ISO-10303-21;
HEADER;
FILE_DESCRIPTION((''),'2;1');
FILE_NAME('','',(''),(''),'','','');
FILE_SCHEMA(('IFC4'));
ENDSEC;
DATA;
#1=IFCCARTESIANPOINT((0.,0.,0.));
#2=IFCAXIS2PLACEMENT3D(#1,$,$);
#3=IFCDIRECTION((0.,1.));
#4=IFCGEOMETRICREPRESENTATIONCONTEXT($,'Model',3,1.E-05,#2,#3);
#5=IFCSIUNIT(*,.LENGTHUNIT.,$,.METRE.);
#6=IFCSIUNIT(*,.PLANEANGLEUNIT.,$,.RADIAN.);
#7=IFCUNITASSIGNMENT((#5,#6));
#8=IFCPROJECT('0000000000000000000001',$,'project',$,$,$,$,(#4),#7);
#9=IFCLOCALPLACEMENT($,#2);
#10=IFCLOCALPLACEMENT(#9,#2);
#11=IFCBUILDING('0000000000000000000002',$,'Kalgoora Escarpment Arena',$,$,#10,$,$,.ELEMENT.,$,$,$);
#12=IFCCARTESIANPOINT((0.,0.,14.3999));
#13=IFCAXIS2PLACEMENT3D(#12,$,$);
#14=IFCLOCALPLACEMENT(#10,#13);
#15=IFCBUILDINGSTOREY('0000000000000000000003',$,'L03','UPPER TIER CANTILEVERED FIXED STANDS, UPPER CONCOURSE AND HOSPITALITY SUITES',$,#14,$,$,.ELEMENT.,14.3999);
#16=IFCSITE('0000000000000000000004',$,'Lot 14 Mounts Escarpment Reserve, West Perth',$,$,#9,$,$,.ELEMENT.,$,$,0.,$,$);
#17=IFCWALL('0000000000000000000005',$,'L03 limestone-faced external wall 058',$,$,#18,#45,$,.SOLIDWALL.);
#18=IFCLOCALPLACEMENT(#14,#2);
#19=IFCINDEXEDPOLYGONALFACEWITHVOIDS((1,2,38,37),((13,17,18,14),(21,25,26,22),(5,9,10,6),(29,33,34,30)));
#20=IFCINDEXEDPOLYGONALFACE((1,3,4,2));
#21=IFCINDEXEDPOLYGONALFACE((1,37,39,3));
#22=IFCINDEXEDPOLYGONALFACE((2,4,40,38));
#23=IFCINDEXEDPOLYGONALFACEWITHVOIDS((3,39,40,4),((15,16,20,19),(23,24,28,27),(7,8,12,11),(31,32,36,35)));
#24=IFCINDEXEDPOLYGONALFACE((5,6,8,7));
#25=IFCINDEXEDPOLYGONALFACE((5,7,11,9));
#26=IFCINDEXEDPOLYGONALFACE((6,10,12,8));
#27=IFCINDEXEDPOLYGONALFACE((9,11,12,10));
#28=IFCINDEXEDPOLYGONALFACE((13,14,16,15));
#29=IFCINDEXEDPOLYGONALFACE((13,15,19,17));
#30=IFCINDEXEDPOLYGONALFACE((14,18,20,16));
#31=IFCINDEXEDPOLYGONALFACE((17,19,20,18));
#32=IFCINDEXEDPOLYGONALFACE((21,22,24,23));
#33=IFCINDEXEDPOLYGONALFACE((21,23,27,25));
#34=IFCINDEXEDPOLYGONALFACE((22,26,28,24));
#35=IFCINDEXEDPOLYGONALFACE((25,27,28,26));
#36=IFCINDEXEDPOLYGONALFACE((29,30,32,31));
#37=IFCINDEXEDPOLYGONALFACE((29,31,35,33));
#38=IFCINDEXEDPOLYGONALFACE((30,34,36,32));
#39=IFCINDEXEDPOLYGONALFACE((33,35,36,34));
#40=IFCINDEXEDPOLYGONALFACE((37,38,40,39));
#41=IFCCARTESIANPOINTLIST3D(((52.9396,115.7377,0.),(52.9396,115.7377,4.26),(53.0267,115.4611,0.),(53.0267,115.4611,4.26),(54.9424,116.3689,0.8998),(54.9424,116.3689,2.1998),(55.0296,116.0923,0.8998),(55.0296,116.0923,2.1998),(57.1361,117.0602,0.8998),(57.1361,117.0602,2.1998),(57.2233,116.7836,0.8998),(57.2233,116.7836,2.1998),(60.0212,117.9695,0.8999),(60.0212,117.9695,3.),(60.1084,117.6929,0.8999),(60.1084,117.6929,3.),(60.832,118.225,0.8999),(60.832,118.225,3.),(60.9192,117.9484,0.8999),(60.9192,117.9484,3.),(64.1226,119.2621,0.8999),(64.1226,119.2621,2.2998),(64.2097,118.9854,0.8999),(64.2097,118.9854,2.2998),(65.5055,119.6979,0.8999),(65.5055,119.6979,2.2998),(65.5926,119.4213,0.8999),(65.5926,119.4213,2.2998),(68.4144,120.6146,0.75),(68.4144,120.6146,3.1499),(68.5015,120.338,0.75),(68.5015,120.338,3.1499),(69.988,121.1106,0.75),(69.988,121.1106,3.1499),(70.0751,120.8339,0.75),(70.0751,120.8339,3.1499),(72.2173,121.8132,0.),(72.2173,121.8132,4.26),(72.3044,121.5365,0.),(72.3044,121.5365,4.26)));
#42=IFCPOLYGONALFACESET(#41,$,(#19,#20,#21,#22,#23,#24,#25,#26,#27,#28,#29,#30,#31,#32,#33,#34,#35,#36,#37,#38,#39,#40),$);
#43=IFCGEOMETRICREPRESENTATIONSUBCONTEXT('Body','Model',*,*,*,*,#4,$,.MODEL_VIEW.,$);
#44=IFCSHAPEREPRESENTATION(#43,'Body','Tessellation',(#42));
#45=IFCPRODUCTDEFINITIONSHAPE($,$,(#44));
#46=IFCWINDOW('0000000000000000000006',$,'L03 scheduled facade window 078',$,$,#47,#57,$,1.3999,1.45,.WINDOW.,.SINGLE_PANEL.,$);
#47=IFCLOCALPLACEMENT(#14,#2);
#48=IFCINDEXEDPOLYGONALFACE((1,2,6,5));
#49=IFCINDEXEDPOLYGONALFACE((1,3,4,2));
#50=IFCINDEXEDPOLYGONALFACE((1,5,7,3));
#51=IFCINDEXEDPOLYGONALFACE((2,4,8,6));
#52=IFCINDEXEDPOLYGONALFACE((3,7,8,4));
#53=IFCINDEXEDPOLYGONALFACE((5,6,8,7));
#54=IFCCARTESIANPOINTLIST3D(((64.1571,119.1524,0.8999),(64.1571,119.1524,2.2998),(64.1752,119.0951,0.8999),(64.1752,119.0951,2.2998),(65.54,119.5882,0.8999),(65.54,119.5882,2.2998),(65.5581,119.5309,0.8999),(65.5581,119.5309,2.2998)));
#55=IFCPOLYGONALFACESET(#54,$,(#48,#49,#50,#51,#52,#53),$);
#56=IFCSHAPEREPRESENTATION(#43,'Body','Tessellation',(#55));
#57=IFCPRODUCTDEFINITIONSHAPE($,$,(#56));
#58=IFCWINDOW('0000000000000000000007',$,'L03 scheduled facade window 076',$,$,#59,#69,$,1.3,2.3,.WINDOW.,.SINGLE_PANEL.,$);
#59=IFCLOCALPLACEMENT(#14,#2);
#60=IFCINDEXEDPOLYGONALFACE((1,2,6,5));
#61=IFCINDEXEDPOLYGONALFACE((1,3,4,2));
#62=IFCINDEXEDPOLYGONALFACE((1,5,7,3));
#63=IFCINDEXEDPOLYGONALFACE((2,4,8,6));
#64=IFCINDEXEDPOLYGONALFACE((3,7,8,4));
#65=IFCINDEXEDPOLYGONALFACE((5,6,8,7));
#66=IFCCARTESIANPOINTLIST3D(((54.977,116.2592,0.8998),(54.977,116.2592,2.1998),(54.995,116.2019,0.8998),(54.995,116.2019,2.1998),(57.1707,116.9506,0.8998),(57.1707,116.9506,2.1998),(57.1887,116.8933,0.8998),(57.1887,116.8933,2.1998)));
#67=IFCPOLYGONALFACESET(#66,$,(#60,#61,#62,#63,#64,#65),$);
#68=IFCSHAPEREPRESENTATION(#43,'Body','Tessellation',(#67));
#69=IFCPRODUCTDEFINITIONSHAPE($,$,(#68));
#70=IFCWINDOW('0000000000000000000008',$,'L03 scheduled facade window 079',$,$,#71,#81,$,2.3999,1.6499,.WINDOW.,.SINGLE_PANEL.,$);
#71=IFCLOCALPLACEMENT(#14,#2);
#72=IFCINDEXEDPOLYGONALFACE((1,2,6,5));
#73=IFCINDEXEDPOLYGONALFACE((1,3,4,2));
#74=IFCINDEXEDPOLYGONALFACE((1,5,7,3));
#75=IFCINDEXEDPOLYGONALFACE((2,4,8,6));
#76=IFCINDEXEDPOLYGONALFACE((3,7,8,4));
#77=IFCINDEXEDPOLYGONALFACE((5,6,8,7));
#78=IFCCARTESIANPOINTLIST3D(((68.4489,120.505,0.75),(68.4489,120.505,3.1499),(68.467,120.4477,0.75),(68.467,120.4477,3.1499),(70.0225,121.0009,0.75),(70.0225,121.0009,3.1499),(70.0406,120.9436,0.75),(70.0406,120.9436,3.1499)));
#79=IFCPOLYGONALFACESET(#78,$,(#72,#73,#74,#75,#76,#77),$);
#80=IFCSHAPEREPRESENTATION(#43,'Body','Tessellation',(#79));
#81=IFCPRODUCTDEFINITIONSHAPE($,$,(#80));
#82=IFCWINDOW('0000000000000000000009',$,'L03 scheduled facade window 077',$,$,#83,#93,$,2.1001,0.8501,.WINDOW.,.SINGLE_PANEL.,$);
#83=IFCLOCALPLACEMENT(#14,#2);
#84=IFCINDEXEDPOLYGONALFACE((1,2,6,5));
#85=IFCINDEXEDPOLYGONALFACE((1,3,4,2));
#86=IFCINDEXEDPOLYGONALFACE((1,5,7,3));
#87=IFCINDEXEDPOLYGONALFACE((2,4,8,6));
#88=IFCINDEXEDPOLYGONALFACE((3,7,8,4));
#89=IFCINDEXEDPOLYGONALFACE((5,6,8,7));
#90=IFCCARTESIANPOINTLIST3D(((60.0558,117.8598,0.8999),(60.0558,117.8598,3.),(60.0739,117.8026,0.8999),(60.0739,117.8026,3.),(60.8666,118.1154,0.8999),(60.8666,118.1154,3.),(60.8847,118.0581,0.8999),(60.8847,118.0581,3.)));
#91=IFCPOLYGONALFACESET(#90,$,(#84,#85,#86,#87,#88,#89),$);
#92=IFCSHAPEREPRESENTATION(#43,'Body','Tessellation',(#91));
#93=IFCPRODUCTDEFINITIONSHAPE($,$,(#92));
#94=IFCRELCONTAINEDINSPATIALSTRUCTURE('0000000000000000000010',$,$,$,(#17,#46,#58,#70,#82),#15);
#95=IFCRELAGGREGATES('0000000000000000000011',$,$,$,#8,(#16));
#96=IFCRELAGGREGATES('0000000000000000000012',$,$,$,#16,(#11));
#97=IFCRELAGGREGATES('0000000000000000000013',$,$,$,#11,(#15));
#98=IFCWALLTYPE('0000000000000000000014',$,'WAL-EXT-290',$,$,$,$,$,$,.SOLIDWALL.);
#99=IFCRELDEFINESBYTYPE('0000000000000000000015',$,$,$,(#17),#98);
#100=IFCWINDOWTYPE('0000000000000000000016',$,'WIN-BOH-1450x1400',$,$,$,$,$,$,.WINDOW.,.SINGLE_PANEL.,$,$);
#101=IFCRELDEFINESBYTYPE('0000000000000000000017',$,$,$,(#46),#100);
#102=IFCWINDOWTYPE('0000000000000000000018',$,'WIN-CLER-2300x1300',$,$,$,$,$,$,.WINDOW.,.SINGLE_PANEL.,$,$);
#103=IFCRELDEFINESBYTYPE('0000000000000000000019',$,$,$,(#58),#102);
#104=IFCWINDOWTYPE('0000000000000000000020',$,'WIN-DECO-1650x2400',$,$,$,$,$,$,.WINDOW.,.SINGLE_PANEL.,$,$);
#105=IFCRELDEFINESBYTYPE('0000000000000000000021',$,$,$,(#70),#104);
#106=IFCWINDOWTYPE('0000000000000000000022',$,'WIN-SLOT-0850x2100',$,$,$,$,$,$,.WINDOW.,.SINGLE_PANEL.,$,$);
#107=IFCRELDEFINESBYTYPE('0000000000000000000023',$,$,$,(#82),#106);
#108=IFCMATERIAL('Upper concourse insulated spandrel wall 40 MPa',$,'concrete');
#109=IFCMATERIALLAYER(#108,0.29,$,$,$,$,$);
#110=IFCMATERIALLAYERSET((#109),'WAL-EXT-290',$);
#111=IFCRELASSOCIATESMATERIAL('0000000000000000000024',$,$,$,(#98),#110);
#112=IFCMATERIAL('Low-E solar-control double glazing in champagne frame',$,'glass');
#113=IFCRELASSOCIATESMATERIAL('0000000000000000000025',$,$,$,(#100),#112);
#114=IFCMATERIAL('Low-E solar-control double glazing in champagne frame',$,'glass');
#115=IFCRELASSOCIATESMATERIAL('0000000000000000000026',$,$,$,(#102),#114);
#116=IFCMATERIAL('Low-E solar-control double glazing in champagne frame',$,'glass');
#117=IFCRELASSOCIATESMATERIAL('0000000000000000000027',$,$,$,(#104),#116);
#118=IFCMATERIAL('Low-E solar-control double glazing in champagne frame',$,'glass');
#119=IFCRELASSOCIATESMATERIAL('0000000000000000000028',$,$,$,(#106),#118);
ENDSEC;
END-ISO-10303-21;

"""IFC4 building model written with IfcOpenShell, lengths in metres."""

from ifc_helpers import new_model, si_unit, direction, frame, frame_2d, origin, place, context, subcontext, project, spatial, rectangle, extrude, material, layer, layer_set, type_object, element, fill, save


model = new_model("IFC4")

# Units and contexts
model_context = context("Model", 3, precision=1e-05, world=origin(), true_north=direction((0.0, 1.0)))
body_context = subcontext(model_context, "Body", "Model", "MODEL_VIEW")
ifc_project = project(units=[si_unit("LENGTHUNIT", "METRE"), si_unit("PLANEANGLEUNIT", "RADIAN")], contexts=[model_context])

# Site, building, storey
site_placement = place(None, origin())
site = spatial("IfcSite", under=ifc_project, at=site_placement, Name="Lot 14 Mounts Escarpment Reserve, West Perth", CompositionType="ELEMENT", RefElevation=0.0)
building_placement = place(site_placement, origin())
building = spatial("IfcBuilding", under=site, at=building_placement, Name="Kalgoora Escarpment Arena", CompositionType="ELEMENT")
storey_placement = place(building_placement, frame((0.0, 0.0, 14.3999)))
storey = spatial("IfcBuildingStorey", under=building, at=storey_placement, Name="L03", Description="UPPER TIER CANTILEVERED FIXED STANDS, UPPER CONCOURSE AND HOSPITALITY SUITES", CompositionType="ELEMENT", Elevation=14.3999)

# Wall, openings, windows
ifc_material_1 = material(Name="Upper concourse insulated spandrel wall 40 MPa", Category="concrete")
ifc_layer_1 = layer(ifc_material_1, 0.29)
ifc_layer_set_1 = layer_set([ifc_layer_1], Name="WAL-EXT-290")
wall_type_1 = type_object("IfcWallType", Name="WAL-EXT-290", PredefinedType="SOLIDWALL", material=ifc_layer_set_1)
wall_1_placement = place(storey_placement, frame((52.9832, 115.5994, 0.0), z_axis=(0.0, 0.0, 1.0), x_axis=(0.953756, 0.300582, 0.0)))
wall_1 = element("IfcWall", 1, at=wall_1_placement, inside=storey, type_object=wall_type_1, Name="L03 limestone-faced external wall 058", PredefinedType="SOLIDWALL", context=body_context, shape_type="SweptSolid", body=[
    extrude(rectangle(XDim=20.2124, YDim=0.29, at=frame_2d((10.1062, 0.0))), origin(), (0.0, 0.0, 1.0), 4.26),
])
opening_1_placement = place(wall_1_placement, frame((2.1001, 0.0, 0.8999)))
opening_1 = element("IfcOpeningElement", 2, at=opening_1_placement, cuts=wall_1, PredefinedType="OPENING", context=body_context, shape_type="SweptSolid", body=[
    extrude(rectangle(XDim=2.3, YDim=1.3, at=frame_2d((1.1499, 0.6499))), frame((0.0, 0.155, 0.0), z_axis=(0.0, -1.0, 0.0), x_axis=(1.0, 0.0, 0.0)), (0.0, 0.0, 1.0), 0.3101),
])
opening_2_placement = place(wall_1_placement, frame((7.425, 0.0, 0.8999)))
opening_2 = element("IfcOpeningElement", 3, at=opening_2_placement, cuts=wall_1, PredefinedType="OPENING", context=body_context, shape_type="SweptSolid", body=[
    extrude(rectangle(XDim=0.8501, YDim=2.1001, at=frame_2d((0.425, 1.05))), frame((0.0, 0.155, 0.0), z_axis=(0.0, -1.0, 0.0), x_axis=(1.0, 0.0, 0.0)), (0.0, 0.0, 1.0), 0.3101),
])
opening_3_placement = place(wall_1_placement, frame((11.7251, 0.0, 0.8999)))
opening_3 = element("IfcOpeningElement", 4, at=opening_3_placement, cuts=wall_1, PredefinedType="OPENING", context=body_context, shape_type="SweptSolid", body=[
    extrude(rectangle(XDim=1.45, YDim=1.3999, at=frame_2d((0.7251, 0.7))), frame((0.0, 0.155, 0.0), z_axis=(0.0, -1.0, 0.0), x_axis=(1.0, 0.0, 0.0)), (0.0, 0.0, 1.0), 0.3101),
])
opening_4_placement = place(wall_1_placement, frame((16.2251, 0.0, 0.75)))
opening_4 = element("IfcOpeningElement", 5, at=opening_4_placement, cuts=wall_1, PredefinedType="OPENING", context=body_context, shape_type="SweptSolid", body=[
    extrude(rectangle(XDim=1.6499, YDim=2.3999, at=frame_2d((0.825, 1.2))), frame((0.0, 0.155, 0.0), z_axis=(0.0, -1.0, 0.0), x_axis=(1.0, 0.0, 0.0)), (0.0, 0.0, 1.0), 0.3101),
])
ifc_material_2 = material(Name="Low-E solar-control double glazing in champagne frame", Category="glass")
window_type_1 = type_object("IfcWindowType", Name="WIN-BOH-1450x1400", PartitioningType="SINGLE_PANEL", PredefinedType="WINDOW", material=ifc_material_2)
window_1_placement = place(opening_3_placement, origin())
window_1 = element("IfcWindow", 6, at=window_1_placement, inside=storey, type_object=window_type_1, Name="L03 scheduled facade window 078", OverallHeight=1.3999, OverallWidth=1.45, PartitioningType="SINGLE_PANEL", PredefinedType="WINDOW", context=body_context, shape_type="SweptSolid", body=[
    extrude(rectangle(XDim=1.45, YDim=1.3999, at=frame_2d((0.7251, 0.7))), frame((0.0, 0.03, 0.0), z_axis=(0.0, -1.0, 0.0), x_axis=(1.0, 0.0, 0.0)), (0.0, 0.0, 1.0), 0.0601),
])
fill(opening_3, window_1)
ifc_material_3 = material(Name="Low-E solar-control double glazing in champagne frame", Category="glass")
window_type_2 = type_object("IfcWindowType", Name="WIN-CLER-2300x1300", PartitioningType="SINGLE_PANEL", PredefinedType="WINDOW", material=ifc_material_3)
window_2_placement = place(opening_1_placement, origin())
window_2 = element("IfcWindow", 7, at=window_2_placement, inside=storey, type_object=window_type_2, Name="L03 scheduled facade window 076", OverallHeight=1.3, OverallWidth=2.3, PartitioningType="SINGLE_PANEL", PredefinedType="WINDOW", context=body_context, shape_type="SweptSolid", body=[
    extrude(rectangle(XDim=2.3, YDim=1.3, at=frame_2d((1.1499, 0.6499))), frame((0.0, 0.03, 0.0), z_axis=(0.0, -1.0, 0.0), x_axis=(1.0, 0.0, 0.0)), (0.0, 0.0, 1.0), 0.0601),
])
fill(opening_1, window_2)
ifc_material_4 = material(Name="Low-E solar-control double glazing in champagne frame", Category="glass")
window_type_3 = type_object("IfcWindowType", Name="WIN-DECO-1650x2400", PartitioningType="SINGLE_PANEL", PredefinedType="WINDOW", material=ifc_material_4)
window_3_placement = place(opening_4_placement, origin())
window_3 = element("IfcWindow", 8, at=window_3_placement, inside=storey, type_object=window_type_3, Name="L03 scheduled facade window 079", OverallHeight=2.3999, OverallWidth=1.6499, PartitioningType="SINGLE_PANEL", PredefinedType="WINDOW", context=body_context, shape_type="SweptSolid", body=[
    extrude(rectangle(XDim=1.6499, YDim=2.3999, at=frame_2d((0.825, 1.2))), frame((0.0, 0.03, 0.0), z_axis=(0.0, -1.0, 0.0), x_axis=(1.0, 0.0, 0.0)), (0.0, 0.0, 1.0), 0.0601),
])
fill(opening_4, window_3)
ifc_material_5 = material(Name="Low-E solar-control double glazing in champagne frame", Category="glass")
window_type_4 = type_object("IfcWindowType", Name="WIN-SLOT-0850x2100", PartitioningType="SINGLE_PANEL", PredefinedType="WINDOW", material=ifc_material_5)
window_4_placement = place(opening_2_placement, origin())
window_4 = element("IfcWindow", 9, at=window_4_placement, inside=storey, type_object=window_type_4, Name="L03 scheduled facade window 077", OverallHeight=2.1001, OverallWidth=0.8501, PartitioningType="SINGLE_PANEL", PredefinedType="WINDOW", context=body_context, shape_type="SweptSolid", body=[
    extrude(rectangle(XDim=0.8501, YDim=2.1001, at=frame_2d((0.425, 1.05))), frame((0.0, 0.03, 0.0), z_axis=(0.0, -1.0, 0.0), x_axis=(1.0, 0.0, 0.0)), (0.0, 0.0, 1.0), 0.0601),
])
fill(opening_2, window_4)

save(model, "model.ifc")
